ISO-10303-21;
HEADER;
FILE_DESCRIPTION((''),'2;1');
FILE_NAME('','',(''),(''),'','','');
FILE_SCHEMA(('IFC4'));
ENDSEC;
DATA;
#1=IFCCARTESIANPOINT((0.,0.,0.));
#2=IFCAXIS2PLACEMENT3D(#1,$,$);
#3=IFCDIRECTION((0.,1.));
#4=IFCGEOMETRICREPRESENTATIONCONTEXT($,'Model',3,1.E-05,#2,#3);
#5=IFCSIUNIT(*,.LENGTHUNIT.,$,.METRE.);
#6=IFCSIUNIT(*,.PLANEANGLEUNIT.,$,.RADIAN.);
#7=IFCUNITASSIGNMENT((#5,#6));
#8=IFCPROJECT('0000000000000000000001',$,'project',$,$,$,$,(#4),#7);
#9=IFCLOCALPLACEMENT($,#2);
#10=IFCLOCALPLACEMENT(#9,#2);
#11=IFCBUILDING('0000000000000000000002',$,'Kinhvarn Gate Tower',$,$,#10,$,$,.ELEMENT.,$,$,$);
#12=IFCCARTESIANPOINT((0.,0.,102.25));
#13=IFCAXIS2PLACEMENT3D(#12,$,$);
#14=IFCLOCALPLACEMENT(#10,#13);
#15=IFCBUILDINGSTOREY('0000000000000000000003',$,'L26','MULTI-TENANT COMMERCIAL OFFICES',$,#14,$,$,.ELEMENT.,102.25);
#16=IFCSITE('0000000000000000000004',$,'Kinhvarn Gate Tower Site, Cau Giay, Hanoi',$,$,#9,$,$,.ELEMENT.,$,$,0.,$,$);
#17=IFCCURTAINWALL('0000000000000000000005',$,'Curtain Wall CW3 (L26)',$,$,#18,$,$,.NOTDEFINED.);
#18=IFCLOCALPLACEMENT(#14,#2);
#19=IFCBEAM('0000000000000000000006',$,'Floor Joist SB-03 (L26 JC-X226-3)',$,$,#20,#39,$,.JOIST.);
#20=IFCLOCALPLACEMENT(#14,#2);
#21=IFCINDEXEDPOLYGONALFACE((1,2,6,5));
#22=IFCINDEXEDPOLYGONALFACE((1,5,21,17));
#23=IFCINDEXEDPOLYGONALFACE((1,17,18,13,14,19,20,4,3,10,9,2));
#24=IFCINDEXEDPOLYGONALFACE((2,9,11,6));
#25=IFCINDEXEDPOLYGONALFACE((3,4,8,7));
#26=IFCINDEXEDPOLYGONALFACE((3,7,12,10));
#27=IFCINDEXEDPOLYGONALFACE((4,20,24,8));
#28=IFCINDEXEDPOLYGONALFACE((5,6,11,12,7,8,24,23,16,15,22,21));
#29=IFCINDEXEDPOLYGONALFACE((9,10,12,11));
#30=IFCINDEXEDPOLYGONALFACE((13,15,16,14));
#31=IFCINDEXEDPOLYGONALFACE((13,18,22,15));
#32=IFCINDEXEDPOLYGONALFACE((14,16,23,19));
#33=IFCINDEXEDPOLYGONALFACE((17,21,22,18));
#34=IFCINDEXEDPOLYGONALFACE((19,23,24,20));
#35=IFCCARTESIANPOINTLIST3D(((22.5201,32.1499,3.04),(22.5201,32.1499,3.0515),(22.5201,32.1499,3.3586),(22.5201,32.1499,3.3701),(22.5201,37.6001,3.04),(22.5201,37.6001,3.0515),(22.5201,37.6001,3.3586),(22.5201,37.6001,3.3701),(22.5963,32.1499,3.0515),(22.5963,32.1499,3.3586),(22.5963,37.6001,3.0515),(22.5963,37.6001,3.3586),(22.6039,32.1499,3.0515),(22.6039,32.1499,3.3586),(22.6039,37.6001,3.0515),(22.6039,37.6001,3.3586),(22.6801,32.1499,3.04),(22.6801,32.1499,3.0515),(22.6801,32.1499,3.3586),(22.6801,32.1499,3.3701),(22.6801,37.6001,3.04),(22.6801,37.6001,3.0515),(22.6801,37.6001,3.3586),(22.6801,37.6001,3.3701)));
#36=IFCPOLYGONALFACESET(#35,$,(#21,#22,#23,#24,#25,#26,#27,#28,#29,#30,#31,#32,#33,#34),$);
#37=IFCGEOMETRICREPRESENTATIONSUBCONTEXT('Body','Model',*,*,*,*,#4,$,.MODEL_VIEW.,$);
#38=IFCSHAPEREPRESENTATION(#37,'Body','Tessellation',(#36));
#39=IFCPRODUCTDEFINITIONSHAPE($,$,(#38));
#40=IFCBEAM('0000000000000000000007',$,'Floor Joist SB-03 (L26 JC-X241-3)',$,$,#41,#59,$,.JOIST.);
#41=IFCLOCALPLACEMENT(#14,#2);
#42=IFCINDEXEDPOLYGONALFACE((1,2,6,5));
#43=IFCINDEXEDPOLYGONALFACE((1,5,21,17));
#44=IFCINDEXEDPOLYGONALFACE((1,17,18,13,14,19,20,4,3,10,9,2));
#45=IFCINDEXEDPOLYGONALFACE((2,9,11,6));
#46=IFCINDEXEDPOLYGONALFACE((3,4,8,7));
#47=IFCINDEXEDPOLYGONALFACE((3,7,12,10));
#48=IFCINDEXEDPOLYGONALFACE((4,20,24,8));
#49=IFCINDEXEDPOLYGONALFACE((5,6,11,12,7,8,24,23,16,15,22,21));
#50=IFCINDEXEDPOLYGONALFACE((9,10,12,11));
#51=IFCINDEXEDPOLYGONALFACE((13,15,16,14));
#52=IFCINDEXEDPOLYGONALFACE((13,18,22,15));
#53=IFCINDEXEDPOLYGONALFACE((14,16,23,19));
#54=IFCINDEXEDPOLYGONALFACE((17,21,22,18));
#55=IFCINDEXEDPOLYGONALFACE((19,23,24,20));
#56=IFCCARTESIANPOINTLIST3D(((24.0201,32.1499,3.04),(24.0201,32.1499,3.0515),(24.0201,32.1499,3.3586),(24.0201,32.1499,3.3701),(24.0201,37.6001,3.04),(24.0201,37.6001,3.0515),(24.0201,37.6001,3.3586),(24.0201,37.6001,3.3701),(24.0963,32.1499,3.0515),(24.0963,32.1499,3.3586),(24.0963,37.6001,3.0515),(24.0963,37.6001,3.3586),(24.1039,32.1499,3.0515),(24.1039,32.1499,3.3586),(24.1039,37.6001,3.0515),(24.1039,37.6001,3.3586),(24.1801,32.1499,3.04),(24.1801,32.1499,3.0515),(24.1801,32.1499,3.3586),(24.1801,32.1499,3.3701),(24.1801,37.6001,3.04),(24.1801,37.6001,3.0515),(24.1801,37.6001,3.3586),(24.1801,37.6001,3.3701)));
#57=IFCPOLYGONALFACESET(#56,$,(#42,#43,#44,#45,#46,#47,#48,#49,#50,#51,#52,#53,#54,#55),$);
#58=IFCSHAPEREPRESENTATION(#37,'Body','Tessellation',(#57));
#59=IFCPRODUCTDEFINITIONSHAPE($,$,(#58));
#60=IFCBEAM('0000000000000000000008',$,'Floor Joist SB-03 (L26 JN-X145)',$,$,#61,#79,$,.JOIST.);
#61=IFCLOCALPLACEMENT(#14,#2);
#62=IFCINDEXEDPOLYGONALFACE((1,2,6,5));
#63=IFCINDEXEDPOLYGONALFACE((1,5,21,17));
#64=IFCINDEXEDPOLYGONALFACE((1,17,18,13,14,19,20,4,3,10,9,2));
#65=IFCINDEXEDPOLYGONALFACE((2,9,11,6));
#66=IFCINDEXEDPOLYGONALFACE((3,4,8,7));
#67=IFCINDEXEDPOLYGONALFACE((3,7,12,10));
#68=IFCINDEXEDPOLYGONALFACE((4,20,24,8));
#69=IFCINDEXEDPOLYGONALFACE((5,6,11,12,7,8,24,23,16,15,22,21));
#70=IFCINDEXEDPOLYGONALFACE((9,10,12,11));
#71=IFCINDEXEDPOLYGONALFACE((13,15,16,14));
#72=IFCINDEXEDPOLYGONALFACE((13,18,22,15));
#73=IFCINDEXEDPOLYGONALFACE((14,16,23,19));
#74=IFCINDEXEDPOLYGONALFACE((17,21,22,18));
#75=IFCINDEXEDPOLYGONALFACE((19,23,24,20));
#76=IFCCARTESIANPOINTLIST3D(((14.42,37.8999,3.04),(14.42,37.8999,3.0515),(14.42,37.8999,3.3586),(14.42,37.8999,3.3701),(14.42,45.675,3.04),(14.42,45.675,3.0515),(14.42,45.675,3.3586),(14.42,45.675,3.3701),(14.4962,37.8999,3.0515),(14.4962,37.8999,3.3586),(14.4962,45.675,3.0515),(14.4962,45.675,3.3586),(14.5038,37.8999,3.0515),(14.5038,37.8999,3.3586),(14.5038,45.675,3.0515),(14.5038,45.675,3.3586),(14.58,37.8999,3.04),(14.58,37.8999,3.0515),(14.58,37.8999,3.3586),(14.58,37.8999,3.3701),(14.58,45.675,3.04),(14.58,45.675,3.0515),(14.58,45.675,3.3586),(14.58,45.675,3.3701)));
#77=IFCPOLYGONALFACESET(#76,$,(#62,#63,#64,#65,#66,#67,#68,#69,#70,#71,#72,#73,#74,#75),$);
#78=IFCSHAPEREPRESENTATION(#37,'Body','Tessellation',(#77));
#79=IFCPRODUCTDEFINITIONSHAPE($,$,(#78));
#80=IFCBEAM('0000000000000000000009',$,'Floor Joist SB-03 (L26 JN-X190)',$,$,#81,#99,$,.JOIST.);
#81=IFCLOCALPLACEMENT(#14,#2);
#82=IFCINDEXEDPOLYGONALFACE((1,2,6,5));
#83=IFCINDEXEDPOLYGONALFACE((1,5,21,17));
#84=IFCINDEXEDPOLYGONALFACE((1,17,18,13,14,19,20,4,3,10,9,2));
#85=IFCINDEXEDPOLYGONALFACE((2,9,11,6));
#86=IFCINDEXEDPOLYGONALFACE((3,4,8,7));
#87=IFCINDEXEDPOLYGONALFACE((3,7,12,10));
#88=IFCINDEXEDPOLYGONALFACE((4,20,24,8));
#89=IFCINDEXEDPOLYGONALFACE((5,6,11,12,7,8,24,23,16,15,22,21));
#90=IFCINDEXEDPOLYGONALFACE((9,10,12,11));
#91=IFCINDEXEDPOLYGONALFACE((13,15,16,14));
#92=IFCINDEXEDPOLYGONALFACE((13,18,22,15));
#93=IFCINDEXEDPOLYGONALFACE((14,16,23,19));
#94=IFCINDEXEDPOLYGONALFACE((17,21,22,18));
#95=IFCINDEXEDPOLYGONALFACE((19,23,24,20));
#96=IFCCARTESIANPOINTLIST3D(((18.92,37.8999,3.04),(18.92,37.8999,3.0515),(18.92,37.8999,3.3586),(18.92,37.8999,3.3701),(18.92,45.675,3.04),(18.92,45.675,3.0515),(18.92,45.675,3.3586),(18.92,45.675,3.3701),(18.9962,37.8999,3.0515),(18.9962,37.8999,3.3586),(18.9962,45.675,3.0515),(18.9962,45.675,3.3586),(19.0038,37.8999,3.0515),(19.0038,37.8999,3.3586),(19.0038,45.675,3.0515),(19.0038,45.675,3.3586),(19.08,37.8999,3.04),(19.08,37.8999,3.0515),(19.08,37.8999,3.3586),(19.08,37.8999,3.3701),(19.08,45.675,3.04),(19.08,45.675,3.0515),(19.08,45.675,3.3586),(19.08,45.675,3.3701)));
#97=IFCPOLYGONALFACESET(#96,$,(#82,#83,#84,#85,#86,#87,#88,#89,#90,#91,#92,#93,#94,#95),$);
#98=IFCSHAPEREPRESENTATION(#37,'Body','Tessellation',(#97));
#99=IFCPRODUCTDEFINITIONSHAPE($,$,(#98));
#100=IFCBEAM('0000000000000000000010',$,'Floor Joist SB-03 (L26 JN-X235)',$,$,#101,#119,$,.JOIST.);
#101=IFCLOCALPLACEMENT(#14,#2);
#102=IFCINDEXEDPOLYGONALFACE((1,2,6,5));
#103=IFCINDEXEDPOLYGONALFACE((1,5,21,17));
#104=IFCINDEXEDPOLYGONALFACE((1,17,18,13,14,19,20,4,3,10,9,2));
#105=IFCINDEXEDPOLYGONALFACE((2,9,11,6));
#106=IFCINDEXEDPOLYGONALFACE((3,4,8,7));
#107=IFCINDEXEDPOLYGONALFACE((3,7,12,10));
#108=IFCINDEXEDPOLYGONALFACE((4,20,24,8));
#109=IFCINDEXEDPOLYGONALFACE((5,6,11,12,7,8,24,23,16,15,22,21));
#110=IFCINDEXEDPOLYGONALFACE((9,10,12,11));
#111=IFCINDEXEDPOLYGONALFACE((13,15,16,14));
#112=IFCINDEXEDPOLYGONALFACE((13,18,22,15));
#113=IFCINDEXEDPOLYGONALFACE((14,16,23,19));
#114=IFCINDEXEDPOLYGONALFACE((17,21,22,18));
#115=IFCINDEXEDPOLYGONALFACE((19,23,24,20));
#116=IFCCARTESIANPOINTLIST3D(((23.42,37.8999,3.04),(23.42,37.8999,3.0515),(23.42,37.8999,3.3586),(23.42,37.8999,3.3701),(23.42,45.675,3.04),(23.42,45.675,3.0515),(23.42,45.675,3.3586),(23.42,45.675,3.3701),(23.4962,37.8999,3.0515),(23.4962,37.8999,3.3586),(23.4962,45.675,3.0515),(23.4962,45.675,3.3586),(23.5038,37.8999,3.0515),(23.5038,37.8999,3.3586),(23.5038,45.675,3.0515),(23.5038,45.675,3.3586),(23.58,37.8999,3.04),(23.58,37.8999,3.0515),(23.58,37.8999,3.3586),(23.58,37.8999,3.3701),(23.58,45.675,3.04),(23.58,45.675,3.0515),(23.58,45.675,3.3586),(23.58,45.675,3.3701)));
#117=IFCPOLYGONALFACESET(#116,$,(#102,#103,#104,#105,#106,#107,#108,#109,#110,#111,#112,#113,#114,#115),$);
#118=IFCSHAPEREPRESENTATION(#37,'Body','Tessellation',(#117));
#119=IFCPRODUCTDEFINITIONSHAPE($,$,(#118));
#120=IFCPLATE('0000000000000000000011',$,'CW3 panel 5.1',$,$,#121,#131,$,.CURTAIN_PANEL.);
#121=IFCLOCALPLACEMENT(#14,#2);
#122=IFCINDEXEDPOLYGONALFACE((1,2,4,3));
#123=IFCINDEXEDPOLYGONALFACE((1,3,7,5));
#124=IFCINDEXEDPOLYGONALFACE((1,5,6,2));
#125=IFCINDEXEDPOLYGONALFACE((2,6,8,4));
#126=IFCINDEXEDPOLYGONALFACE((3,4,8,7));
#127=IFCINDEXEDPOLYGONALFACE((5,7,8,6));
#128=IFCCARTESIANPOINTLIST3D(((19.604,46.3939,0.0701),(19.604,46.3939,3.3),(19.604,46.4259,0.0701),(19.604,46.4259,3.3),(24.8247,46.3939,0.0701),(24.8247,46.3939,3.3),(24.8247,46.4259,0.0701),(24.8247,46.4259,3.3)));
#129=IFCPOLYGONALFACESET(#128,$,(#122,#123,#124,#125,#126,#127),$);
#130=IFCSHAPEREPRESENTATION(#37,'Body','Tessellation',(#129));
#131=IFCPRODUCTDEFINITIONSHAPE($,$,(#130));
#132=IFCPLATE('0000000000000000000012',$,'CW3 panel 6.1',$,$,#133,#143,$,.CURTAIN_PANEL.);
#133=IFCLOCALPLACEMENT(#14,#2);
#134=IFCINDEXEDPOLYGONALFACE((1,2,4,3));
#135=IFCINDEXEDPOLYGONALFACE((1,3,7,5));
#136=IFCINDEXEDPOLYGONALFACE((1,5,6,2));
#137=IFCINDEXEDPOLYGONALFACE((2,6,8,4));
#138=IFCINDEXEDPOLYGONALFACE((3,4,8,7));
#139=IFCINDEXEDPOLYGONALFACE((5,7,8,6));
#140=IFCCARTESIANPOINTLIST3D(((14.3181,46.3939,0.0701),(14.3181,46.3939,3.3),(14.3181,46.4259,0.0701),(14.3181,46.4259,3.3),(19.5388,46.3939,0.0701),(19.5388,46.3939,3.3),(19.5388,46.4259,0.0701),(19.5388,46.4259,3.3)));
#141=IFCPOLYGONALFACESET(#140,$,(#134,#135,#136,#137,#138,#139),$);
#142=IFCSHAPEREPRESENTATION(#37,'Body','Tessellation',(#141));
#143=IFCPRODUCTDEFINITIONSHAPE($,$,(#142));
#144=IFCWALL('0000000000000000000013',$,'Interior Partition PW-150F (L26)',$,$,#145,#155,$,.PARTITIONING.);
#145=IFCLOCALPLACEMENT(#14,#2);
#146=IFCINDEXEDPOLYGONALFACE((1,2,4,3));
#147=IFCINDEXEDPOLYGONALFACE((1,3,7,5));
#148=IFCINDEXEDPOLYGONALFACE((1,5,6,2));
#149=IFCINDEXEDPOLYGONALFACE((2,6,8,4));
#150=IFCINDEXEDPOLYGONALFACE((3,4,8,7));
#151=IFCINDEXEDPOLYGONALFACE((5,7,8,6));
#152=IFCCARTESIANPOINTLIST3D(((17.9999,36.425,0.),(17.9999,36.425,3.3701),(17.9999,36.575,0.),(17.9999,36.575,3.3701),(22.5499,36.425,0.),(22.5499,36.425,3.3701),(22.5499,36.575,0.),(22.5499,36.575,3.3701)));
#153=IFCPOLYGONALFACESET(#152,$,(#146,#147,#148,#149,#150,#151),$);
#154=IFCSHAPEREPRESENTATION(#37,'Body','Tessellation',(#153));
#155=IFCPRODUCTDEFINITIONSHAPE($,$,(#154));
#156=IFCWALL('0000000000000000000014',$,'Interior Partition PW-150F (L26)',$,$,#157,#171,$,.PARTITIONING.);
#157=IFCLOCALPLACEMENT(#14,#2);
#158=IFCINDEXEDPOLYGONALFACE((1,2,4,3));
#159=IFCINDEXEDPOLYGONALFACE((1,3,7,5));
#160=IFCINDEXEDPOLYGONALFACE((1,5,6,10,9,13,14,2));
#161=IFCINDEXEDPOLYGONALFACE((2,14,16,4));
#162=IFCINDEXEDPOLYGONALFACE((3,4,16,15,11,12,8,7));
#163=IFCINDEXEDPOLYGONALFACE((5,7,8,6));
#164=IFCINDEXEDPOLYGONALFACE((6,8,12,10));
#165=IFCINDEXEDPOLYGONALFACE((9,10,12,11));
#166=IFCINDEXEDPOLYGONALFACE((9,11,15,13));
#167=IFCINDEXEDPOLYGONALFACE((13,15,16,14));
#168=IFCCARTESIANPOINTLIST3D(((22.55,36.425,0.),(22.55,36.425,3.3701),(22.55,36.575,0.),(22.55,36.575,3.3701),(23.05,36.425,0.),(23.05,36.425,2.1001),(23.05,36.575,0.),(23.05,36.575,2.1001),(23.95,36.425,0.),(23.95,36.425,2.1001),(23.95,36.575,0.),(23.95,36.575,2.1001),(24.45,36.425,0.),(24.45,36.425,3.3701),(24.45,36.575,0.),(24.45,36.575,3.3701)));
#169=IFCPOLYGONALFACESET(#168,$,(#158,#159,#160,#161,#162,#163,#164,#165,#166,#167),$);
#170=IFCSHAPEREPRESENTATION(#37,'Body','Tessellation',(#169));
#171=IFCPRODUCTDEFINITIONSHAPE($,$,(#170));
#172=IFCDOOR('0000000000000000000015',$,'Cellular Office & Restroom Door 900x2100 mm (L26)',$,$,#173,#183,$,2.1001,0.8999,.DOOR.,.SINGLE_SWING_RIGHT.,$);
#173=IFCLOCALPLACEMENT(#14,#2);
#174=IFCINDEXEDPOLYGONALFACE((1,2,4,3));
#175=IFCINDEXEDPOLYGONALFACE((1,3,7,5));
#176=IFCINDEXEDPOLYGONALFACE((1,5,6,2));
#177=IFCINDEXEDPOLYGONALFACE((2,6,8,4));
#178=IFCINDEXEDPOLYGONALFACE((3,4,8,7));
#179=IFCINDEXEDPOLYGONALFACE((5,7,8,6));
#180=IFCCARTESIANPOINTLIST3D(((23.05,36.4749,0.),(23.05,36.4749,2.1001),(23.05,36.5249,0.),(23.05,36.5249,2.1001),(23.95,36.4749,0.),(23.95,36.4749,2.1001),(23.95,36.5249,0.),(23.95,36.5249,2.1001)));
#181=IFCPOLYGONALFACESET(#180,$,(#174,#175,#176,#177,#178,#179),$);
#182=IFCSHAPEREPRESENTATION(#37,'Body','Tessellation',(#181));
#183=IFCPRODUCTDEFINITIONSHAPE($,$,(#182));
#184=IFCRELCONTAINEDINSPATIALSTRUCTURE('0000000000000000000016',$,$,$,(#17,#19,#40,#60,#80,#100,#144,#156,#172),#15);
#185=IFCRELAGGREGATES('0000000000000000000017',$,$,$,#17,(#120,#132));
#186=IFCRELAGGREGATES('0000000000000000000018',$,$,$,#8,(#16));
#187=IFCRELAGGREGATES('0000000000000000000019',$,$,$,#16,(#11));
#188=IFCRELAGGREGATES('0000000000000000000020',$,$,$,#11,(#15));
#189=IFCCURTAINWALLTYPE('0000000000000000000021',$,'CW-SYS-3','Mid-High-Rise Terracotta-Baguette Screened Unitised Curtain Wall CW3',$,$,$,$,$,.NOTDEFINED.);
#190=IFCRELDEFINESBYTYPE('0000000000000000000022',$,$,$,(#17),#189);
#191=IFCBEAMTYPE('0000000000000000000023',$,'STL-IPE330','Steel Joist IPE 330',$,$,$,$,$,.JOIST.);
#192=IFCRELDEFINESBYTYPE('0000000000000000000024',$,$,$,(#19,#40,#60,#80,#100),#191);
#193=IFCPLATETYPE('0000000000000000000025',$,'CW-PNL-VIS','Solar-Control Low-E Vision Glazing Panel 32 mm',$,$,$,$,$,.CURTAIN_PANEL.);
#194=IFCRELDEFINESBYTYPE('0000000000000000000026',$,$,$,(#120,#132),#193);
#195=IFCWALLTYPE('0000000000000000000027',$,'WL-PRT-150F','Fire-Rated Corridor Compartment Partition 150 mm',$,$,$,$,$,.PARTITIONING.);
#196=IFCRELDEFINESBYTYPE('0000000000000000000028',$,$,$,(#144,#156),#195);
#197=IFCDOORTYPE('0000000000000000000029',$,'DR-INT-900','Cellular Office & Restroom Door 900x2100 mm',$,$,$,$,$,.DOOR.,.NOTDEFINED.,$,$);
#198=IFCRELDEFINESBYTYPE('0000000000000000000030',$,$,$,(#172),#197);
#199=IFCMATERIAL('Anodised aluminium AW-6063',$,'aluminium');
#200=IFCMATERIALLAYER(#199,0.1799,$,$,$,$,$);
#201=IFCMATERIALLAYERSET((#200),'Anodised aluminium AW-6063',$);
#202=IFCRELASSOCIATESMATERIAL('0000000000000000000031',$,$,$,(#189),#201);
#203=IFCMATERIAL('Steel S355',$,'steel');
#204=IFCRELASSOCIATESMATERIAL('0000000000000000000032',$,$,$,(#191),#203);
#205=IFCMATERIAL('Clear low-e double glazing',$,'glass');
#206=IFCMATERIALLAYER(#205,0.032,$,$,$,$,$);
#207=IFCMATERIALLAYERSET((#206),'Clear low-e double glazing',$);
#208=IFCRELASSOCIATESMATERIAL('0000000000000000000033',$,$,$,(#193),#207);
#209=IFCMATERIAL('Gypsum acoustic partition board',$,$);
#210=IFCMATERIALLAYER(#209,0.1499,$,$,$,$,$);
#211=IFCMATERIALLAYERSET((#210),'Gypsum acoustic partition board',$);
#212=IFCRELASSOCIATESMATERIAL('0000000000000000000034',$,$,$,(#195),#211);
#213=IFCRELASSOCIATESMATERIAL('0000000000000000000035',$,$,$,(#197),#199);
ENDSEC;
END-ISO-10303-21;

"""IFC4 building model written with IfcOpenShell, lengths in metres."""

from ifc_helpers import new_model, si_unit, direction, frame, frame_2d, origin, origin_2d, place, context, subcontext, project, spatial, rectangle, i_section, extrude, material, layer, layer_set, material_profile, profile_set, type_object, element, fill, aggregate, save


model = new_model("IFC4")

# Units and contexts
model_context = context("Model", 3, precision=1e-05, world=origin(), true_north=direction((0.0, 1.0)))
body_context = subcontext(model_context, "Body", "Model", "MODEL_VIEW")
ifc_project = project(units=[si_unit("LENGTHUNIT", "METRE"), si_unit("PLANEANGLEUNIT", "RADIAN")], contexts=[model_context])

# Site, building, storey
site_placement = place(None, origin())
site = spatial("IfcSite", under=ifc_project, at=site_placement, Name="Kinhvarn Gate Tower Site, Cau Giay, Hanoi", CompositionType="ELEMENT", RefElevation=0.0)
building_placement = place(site_placement, origin())
building = spatial("IfcBuilding", under=site, at=building_placement, Name="Kinhvarn Gate Tower", CompositionType="ELEMENT")
storey_placement = place(building_placement, frame((0.0, 0.0, 102.25)))
storey = spatial("IfcBuildingStorey", under=building, at=storey_placement, Name="L26", Description="MULTI-TENANT COMMERCIAL OFFICES", CompositionType="ELEMENT", Elevation=102.25)

# Curtain wall
ifc_material_1 = material(Name="Anodised aluminium AW-6063", Category="aluminium")
ifc_layer_1 = layer(ifc_material_1, 0.1799)
ifc_layer_set_1 = layer_set([ifc_layer_1], Name="Anodised aluminium AW-6063")
curtain_wall_type = type_object("IfcCurtainWallType", Name="CW-SYS-3", Description="Mid-High-Rise Terracotta-Baguette Screened Unitised Curtain Wall CW3", PredefinedType="NOTDEFINED", material=ifc_layer_set_1)
curtain_wall_placement = place(storey_placement, origin())
curtain_wall = element("IfcCurtainWall", 1, at=curtain_wall_placement, inside=storey, type_object=curtain_wall_type, Name="Curtain Wall CW3 (L26)", PredefinedType="NOTDEFINED")

# Beams
ifc_material_2 = material(Name="Steel S355", Category="steel")
ifc_material_profile_1 = material_profile(ifc_material_2, i_section(OverallWidth=0.1599, OverallDepth=0.3301, WebThickness=0.0076, FlangeThickness=0.0115, at=origin_2d()), Name="IPE 330")
ifc_profile_set_1 = profile_set([ifc_material_profile_1], Name="Steel S355")
beam_type_1 = type_object("IfcBeamType", Name="STL-IPE330", Description="Steel Joist IPE 330", PredefinedType="JOIST", material=ifc_profile_set_1)
for number, where, z_axis, x_axis, name in (
    (2, (22.6001, 32.1499, 3.2051), (0.0, 1.0, 0.0), (-1.0, 0.0, 0.0), "Floor Joist SB-03 (L26 JC-X226-3)"),
    (3, (24.1001, 32.1499, 3.2051), (0.0, 1.0, 0.0), (-1.0, 0.0, 0.0), "Floor Joist SB-03 (L26 JC-X241-3)"),
):
    element("IfcBeam", number, at=place(storey_placement, frame(where, z_axis=z_axis, x_axis=x_axis)), inside=storey, type_object=beam_type_1, Name=name, PredefinedType="JOIST", context=body_context, shape_type="SweptSolid", body=[
        extrude(i_section(OverallWidth=0.1599, OverallDepth=0.3301, WebThickness=0.0076, FlangeThickness=0.0115, at=origin_2d()), origin(), (0.0, 0.0, 1.0), 5.4502),
    ])
for number, where, z_axis, x_axis, name in (
    (4, (14.5, 37.8999, 3.2051), (0.0, 1.0, 0.0), (-1.0, 0.0, 0.0), "Floor Joist SB-03 (L26 JN-X145)"),
    (5, (19.0, 37.8999, 3.2051), (0.0, 1.0, 0.0), (-1.0, 0.0, 0.0), "Floor Joist SB-03 (L26 JN-X190)"),
    (6, (23.5, 37.8999, 3.2051), (0.0, 1.0, 0.0), (-1.0, 0.0, 0.0), "Floor Joist SB-03 (L26 JN-X235)"),
):
    element("IfcBeam", number, at=place(storey_placement, frame(where, z_axis=z_axis, x_axis=x_axis)), inside=storey, type_object=beam_type_1, Name=name, PredefinedType="JOIST", context=body_context, shape_type="SweptSolid", body=[
        extrude(i_section(OverallWidth=0.1599, OverallDepth=0.3301, WebThickness=0.0076, FlangeThickness=0.0115, at=origin_2d()), origin(), (0.0, 0.0, 1.0), 7.7751),
    ])

# Plates
ifc_material_3 = material(Name="Clear low-e double glazing", Category="glass")
ifc_layer_2 = layer(ifc_material_3, 0.032)
ifc_layer_set_2 = layer_set([ifc_layer_2], Name="Clear low-e double glazing")
plate_type = type_object("IfcPlateType", Name="CW-PNL-VIS", Description="Solar-Control Low-E Vision Glazing Panel 32 mm", PredefinedType="CURTAIN_PANEL", material=ifc_layer_set_2)
plate_1_placement = place(storey_placement, frame((22.2144, 46.4099, 0.0701), z_axis=(0.0, 0.0, 1.0), x_axis=(-1.0, 0.0, 0.0)))
plate_1 = element("IfcPlate", 7, at=plate_1_placement, type_object=plate_type, Name="CW3 panel 5.1", PredefinedType="CURTAIN_PANEL", context=body_context, shape_type="SweptSolid", body=[
    extrude(rectangle(XDim=5.2207, YDim=0.032, at=origin_2d()), origin(), (0.0, 0.0, 1.0), 3.23),
])
plate_2_placement = place(storey_placement, frame((16.9285, 46.4099, 0.0701), z_axis=(0.0, 0.0, 1.0), x_axis=(-1.0, 0.0, 0.0)))
plate_2 = element("IfcPlate", 8, at=plate_2_placement, type_object=plate_type, Name="CW3 panel 6.1", PredefinedType="CURTAIN_PANEL", context=body_context, shape_type="SweptSolid", body=[
    extrude(rectangle(XDim=5.2207, YDim=0.032, at=origin_2d()), origin(), (0.0, 0.0, 1.0), 3.23),
])
aggregate(curtain_wall, [plate_1, plate_2])

# Wall
ifc_material_4 = material(Name="Gypsum acoustic partition board")
ifc_layer_3 = layer(ifc_material_4, 0.1499)
ifc_layer_set_3 = layer_set([ifc_layer_3], Name="Gypsum acoustic partition board")
wall_type_1 = type_object("IfcWallType", Name="WL-PRT-150F", Description="Fire-Rated Corridor Compartment Partition 150 mm", PredefinedType="PARTITIONING", material=ifc_layer_set_3)
wall_1_placement = place(storey_placement, frame((18.0, 36.5, 0.0), z_axis=(0.0, 0.0, 1.0), x_axis=(1.0, 0.0, 0.0)))
element("IfcWall", 9, at=wall_1_placement, inside=storey, type_object=wall_type_1, Name="Interior Partition PW-150F (L26)", PredefinedType="PARTITIONING", context=body_context, shape_type="SweptSolid", body=[
    extrude(rectangle(XDim=4.55, YDim=0.1499, at=frame_2d((2.2749, 0.0))), origin(), (0.0, 0.0, 1.0), 3.3701),
])

# Wall, opening, door
wall_2_placement = place(storey_placement, frame((22.55, 36.5, 0.0), z_axis=(0.0, 0.0, 1.0), x_axis=(1.0, 0.0, 0.0)))
wall_2 = element("IfcWall", 10, at=wall_2_placement, inside=storey, type_object=wall_type_1, Name="Interior Partition PW-150F (L26)", PredefinedType="PARTITIONING", context=body_context, shape_type="SweptSolid", body=[
    extrude(rectangle(XDim=1.8999, YDim=0.1499, at=frame_2d((0.95, 0.0))), origin(), (0.0, 0.0, 1.0), 3.3701),
])
opening_1_placement = place(wall_2_placement, frame((0.5, 0.0, 0.0)))
opening_1 = element("IfcOpeningElement", 11, at=opening_1_placement, cuts=wall_2, PredefinedType="OPENING", context=body_context, shape_type="SweptSolid", body=[
    extrude(rectangle(XDim=0.8999, YDim=2.1001, at=frame_2d((0.45, 1.05))), frame((0.0, 0.085, 0.0), z_axis=(0.0, -1.0, 0.0), x_axis=(1.0, 0.0, 0.0)), (0.0, 0.0, 1.0), 0.1699),
])
door_type_1 = type_object("IfcDoorType", Name="DR-INT-900", Description="Cellular Office & Restroom Door 900x2100 mm", OperationType="NOTDEFINED", PredefinedType="DOOR", material=ifc_material_1)
door_1_placement = place(opening_1_placement, origin())
door_1 = element("IfcDoor", 12, at=door_1_placement, inside=storey, type_object=door_type_1, Name="Cellular Office & Restroom Door 900x2100 mm (L26)", OperationType="SINGLE_SWING_RIGHT", OverallHeight=2.1001, OverallWidth=0.8999, PredefinedType="DOOR", context=body_context, shape_type="SweptSolid", body=[
    extrude(rectangle(XDim=0.8999, YDim=2.1001, at=frame_2d((0.45, 1.05))), frame((0.0, 0.0249, 0.0), z_axis=(0.0, -1.0, 0.0), x_axis=(1.0, 0.0, 0.0)), (0.0, 0.0, 1.0), 0.05),
])
fill(opening_1, door_1)

save(model, "model.ifc")
